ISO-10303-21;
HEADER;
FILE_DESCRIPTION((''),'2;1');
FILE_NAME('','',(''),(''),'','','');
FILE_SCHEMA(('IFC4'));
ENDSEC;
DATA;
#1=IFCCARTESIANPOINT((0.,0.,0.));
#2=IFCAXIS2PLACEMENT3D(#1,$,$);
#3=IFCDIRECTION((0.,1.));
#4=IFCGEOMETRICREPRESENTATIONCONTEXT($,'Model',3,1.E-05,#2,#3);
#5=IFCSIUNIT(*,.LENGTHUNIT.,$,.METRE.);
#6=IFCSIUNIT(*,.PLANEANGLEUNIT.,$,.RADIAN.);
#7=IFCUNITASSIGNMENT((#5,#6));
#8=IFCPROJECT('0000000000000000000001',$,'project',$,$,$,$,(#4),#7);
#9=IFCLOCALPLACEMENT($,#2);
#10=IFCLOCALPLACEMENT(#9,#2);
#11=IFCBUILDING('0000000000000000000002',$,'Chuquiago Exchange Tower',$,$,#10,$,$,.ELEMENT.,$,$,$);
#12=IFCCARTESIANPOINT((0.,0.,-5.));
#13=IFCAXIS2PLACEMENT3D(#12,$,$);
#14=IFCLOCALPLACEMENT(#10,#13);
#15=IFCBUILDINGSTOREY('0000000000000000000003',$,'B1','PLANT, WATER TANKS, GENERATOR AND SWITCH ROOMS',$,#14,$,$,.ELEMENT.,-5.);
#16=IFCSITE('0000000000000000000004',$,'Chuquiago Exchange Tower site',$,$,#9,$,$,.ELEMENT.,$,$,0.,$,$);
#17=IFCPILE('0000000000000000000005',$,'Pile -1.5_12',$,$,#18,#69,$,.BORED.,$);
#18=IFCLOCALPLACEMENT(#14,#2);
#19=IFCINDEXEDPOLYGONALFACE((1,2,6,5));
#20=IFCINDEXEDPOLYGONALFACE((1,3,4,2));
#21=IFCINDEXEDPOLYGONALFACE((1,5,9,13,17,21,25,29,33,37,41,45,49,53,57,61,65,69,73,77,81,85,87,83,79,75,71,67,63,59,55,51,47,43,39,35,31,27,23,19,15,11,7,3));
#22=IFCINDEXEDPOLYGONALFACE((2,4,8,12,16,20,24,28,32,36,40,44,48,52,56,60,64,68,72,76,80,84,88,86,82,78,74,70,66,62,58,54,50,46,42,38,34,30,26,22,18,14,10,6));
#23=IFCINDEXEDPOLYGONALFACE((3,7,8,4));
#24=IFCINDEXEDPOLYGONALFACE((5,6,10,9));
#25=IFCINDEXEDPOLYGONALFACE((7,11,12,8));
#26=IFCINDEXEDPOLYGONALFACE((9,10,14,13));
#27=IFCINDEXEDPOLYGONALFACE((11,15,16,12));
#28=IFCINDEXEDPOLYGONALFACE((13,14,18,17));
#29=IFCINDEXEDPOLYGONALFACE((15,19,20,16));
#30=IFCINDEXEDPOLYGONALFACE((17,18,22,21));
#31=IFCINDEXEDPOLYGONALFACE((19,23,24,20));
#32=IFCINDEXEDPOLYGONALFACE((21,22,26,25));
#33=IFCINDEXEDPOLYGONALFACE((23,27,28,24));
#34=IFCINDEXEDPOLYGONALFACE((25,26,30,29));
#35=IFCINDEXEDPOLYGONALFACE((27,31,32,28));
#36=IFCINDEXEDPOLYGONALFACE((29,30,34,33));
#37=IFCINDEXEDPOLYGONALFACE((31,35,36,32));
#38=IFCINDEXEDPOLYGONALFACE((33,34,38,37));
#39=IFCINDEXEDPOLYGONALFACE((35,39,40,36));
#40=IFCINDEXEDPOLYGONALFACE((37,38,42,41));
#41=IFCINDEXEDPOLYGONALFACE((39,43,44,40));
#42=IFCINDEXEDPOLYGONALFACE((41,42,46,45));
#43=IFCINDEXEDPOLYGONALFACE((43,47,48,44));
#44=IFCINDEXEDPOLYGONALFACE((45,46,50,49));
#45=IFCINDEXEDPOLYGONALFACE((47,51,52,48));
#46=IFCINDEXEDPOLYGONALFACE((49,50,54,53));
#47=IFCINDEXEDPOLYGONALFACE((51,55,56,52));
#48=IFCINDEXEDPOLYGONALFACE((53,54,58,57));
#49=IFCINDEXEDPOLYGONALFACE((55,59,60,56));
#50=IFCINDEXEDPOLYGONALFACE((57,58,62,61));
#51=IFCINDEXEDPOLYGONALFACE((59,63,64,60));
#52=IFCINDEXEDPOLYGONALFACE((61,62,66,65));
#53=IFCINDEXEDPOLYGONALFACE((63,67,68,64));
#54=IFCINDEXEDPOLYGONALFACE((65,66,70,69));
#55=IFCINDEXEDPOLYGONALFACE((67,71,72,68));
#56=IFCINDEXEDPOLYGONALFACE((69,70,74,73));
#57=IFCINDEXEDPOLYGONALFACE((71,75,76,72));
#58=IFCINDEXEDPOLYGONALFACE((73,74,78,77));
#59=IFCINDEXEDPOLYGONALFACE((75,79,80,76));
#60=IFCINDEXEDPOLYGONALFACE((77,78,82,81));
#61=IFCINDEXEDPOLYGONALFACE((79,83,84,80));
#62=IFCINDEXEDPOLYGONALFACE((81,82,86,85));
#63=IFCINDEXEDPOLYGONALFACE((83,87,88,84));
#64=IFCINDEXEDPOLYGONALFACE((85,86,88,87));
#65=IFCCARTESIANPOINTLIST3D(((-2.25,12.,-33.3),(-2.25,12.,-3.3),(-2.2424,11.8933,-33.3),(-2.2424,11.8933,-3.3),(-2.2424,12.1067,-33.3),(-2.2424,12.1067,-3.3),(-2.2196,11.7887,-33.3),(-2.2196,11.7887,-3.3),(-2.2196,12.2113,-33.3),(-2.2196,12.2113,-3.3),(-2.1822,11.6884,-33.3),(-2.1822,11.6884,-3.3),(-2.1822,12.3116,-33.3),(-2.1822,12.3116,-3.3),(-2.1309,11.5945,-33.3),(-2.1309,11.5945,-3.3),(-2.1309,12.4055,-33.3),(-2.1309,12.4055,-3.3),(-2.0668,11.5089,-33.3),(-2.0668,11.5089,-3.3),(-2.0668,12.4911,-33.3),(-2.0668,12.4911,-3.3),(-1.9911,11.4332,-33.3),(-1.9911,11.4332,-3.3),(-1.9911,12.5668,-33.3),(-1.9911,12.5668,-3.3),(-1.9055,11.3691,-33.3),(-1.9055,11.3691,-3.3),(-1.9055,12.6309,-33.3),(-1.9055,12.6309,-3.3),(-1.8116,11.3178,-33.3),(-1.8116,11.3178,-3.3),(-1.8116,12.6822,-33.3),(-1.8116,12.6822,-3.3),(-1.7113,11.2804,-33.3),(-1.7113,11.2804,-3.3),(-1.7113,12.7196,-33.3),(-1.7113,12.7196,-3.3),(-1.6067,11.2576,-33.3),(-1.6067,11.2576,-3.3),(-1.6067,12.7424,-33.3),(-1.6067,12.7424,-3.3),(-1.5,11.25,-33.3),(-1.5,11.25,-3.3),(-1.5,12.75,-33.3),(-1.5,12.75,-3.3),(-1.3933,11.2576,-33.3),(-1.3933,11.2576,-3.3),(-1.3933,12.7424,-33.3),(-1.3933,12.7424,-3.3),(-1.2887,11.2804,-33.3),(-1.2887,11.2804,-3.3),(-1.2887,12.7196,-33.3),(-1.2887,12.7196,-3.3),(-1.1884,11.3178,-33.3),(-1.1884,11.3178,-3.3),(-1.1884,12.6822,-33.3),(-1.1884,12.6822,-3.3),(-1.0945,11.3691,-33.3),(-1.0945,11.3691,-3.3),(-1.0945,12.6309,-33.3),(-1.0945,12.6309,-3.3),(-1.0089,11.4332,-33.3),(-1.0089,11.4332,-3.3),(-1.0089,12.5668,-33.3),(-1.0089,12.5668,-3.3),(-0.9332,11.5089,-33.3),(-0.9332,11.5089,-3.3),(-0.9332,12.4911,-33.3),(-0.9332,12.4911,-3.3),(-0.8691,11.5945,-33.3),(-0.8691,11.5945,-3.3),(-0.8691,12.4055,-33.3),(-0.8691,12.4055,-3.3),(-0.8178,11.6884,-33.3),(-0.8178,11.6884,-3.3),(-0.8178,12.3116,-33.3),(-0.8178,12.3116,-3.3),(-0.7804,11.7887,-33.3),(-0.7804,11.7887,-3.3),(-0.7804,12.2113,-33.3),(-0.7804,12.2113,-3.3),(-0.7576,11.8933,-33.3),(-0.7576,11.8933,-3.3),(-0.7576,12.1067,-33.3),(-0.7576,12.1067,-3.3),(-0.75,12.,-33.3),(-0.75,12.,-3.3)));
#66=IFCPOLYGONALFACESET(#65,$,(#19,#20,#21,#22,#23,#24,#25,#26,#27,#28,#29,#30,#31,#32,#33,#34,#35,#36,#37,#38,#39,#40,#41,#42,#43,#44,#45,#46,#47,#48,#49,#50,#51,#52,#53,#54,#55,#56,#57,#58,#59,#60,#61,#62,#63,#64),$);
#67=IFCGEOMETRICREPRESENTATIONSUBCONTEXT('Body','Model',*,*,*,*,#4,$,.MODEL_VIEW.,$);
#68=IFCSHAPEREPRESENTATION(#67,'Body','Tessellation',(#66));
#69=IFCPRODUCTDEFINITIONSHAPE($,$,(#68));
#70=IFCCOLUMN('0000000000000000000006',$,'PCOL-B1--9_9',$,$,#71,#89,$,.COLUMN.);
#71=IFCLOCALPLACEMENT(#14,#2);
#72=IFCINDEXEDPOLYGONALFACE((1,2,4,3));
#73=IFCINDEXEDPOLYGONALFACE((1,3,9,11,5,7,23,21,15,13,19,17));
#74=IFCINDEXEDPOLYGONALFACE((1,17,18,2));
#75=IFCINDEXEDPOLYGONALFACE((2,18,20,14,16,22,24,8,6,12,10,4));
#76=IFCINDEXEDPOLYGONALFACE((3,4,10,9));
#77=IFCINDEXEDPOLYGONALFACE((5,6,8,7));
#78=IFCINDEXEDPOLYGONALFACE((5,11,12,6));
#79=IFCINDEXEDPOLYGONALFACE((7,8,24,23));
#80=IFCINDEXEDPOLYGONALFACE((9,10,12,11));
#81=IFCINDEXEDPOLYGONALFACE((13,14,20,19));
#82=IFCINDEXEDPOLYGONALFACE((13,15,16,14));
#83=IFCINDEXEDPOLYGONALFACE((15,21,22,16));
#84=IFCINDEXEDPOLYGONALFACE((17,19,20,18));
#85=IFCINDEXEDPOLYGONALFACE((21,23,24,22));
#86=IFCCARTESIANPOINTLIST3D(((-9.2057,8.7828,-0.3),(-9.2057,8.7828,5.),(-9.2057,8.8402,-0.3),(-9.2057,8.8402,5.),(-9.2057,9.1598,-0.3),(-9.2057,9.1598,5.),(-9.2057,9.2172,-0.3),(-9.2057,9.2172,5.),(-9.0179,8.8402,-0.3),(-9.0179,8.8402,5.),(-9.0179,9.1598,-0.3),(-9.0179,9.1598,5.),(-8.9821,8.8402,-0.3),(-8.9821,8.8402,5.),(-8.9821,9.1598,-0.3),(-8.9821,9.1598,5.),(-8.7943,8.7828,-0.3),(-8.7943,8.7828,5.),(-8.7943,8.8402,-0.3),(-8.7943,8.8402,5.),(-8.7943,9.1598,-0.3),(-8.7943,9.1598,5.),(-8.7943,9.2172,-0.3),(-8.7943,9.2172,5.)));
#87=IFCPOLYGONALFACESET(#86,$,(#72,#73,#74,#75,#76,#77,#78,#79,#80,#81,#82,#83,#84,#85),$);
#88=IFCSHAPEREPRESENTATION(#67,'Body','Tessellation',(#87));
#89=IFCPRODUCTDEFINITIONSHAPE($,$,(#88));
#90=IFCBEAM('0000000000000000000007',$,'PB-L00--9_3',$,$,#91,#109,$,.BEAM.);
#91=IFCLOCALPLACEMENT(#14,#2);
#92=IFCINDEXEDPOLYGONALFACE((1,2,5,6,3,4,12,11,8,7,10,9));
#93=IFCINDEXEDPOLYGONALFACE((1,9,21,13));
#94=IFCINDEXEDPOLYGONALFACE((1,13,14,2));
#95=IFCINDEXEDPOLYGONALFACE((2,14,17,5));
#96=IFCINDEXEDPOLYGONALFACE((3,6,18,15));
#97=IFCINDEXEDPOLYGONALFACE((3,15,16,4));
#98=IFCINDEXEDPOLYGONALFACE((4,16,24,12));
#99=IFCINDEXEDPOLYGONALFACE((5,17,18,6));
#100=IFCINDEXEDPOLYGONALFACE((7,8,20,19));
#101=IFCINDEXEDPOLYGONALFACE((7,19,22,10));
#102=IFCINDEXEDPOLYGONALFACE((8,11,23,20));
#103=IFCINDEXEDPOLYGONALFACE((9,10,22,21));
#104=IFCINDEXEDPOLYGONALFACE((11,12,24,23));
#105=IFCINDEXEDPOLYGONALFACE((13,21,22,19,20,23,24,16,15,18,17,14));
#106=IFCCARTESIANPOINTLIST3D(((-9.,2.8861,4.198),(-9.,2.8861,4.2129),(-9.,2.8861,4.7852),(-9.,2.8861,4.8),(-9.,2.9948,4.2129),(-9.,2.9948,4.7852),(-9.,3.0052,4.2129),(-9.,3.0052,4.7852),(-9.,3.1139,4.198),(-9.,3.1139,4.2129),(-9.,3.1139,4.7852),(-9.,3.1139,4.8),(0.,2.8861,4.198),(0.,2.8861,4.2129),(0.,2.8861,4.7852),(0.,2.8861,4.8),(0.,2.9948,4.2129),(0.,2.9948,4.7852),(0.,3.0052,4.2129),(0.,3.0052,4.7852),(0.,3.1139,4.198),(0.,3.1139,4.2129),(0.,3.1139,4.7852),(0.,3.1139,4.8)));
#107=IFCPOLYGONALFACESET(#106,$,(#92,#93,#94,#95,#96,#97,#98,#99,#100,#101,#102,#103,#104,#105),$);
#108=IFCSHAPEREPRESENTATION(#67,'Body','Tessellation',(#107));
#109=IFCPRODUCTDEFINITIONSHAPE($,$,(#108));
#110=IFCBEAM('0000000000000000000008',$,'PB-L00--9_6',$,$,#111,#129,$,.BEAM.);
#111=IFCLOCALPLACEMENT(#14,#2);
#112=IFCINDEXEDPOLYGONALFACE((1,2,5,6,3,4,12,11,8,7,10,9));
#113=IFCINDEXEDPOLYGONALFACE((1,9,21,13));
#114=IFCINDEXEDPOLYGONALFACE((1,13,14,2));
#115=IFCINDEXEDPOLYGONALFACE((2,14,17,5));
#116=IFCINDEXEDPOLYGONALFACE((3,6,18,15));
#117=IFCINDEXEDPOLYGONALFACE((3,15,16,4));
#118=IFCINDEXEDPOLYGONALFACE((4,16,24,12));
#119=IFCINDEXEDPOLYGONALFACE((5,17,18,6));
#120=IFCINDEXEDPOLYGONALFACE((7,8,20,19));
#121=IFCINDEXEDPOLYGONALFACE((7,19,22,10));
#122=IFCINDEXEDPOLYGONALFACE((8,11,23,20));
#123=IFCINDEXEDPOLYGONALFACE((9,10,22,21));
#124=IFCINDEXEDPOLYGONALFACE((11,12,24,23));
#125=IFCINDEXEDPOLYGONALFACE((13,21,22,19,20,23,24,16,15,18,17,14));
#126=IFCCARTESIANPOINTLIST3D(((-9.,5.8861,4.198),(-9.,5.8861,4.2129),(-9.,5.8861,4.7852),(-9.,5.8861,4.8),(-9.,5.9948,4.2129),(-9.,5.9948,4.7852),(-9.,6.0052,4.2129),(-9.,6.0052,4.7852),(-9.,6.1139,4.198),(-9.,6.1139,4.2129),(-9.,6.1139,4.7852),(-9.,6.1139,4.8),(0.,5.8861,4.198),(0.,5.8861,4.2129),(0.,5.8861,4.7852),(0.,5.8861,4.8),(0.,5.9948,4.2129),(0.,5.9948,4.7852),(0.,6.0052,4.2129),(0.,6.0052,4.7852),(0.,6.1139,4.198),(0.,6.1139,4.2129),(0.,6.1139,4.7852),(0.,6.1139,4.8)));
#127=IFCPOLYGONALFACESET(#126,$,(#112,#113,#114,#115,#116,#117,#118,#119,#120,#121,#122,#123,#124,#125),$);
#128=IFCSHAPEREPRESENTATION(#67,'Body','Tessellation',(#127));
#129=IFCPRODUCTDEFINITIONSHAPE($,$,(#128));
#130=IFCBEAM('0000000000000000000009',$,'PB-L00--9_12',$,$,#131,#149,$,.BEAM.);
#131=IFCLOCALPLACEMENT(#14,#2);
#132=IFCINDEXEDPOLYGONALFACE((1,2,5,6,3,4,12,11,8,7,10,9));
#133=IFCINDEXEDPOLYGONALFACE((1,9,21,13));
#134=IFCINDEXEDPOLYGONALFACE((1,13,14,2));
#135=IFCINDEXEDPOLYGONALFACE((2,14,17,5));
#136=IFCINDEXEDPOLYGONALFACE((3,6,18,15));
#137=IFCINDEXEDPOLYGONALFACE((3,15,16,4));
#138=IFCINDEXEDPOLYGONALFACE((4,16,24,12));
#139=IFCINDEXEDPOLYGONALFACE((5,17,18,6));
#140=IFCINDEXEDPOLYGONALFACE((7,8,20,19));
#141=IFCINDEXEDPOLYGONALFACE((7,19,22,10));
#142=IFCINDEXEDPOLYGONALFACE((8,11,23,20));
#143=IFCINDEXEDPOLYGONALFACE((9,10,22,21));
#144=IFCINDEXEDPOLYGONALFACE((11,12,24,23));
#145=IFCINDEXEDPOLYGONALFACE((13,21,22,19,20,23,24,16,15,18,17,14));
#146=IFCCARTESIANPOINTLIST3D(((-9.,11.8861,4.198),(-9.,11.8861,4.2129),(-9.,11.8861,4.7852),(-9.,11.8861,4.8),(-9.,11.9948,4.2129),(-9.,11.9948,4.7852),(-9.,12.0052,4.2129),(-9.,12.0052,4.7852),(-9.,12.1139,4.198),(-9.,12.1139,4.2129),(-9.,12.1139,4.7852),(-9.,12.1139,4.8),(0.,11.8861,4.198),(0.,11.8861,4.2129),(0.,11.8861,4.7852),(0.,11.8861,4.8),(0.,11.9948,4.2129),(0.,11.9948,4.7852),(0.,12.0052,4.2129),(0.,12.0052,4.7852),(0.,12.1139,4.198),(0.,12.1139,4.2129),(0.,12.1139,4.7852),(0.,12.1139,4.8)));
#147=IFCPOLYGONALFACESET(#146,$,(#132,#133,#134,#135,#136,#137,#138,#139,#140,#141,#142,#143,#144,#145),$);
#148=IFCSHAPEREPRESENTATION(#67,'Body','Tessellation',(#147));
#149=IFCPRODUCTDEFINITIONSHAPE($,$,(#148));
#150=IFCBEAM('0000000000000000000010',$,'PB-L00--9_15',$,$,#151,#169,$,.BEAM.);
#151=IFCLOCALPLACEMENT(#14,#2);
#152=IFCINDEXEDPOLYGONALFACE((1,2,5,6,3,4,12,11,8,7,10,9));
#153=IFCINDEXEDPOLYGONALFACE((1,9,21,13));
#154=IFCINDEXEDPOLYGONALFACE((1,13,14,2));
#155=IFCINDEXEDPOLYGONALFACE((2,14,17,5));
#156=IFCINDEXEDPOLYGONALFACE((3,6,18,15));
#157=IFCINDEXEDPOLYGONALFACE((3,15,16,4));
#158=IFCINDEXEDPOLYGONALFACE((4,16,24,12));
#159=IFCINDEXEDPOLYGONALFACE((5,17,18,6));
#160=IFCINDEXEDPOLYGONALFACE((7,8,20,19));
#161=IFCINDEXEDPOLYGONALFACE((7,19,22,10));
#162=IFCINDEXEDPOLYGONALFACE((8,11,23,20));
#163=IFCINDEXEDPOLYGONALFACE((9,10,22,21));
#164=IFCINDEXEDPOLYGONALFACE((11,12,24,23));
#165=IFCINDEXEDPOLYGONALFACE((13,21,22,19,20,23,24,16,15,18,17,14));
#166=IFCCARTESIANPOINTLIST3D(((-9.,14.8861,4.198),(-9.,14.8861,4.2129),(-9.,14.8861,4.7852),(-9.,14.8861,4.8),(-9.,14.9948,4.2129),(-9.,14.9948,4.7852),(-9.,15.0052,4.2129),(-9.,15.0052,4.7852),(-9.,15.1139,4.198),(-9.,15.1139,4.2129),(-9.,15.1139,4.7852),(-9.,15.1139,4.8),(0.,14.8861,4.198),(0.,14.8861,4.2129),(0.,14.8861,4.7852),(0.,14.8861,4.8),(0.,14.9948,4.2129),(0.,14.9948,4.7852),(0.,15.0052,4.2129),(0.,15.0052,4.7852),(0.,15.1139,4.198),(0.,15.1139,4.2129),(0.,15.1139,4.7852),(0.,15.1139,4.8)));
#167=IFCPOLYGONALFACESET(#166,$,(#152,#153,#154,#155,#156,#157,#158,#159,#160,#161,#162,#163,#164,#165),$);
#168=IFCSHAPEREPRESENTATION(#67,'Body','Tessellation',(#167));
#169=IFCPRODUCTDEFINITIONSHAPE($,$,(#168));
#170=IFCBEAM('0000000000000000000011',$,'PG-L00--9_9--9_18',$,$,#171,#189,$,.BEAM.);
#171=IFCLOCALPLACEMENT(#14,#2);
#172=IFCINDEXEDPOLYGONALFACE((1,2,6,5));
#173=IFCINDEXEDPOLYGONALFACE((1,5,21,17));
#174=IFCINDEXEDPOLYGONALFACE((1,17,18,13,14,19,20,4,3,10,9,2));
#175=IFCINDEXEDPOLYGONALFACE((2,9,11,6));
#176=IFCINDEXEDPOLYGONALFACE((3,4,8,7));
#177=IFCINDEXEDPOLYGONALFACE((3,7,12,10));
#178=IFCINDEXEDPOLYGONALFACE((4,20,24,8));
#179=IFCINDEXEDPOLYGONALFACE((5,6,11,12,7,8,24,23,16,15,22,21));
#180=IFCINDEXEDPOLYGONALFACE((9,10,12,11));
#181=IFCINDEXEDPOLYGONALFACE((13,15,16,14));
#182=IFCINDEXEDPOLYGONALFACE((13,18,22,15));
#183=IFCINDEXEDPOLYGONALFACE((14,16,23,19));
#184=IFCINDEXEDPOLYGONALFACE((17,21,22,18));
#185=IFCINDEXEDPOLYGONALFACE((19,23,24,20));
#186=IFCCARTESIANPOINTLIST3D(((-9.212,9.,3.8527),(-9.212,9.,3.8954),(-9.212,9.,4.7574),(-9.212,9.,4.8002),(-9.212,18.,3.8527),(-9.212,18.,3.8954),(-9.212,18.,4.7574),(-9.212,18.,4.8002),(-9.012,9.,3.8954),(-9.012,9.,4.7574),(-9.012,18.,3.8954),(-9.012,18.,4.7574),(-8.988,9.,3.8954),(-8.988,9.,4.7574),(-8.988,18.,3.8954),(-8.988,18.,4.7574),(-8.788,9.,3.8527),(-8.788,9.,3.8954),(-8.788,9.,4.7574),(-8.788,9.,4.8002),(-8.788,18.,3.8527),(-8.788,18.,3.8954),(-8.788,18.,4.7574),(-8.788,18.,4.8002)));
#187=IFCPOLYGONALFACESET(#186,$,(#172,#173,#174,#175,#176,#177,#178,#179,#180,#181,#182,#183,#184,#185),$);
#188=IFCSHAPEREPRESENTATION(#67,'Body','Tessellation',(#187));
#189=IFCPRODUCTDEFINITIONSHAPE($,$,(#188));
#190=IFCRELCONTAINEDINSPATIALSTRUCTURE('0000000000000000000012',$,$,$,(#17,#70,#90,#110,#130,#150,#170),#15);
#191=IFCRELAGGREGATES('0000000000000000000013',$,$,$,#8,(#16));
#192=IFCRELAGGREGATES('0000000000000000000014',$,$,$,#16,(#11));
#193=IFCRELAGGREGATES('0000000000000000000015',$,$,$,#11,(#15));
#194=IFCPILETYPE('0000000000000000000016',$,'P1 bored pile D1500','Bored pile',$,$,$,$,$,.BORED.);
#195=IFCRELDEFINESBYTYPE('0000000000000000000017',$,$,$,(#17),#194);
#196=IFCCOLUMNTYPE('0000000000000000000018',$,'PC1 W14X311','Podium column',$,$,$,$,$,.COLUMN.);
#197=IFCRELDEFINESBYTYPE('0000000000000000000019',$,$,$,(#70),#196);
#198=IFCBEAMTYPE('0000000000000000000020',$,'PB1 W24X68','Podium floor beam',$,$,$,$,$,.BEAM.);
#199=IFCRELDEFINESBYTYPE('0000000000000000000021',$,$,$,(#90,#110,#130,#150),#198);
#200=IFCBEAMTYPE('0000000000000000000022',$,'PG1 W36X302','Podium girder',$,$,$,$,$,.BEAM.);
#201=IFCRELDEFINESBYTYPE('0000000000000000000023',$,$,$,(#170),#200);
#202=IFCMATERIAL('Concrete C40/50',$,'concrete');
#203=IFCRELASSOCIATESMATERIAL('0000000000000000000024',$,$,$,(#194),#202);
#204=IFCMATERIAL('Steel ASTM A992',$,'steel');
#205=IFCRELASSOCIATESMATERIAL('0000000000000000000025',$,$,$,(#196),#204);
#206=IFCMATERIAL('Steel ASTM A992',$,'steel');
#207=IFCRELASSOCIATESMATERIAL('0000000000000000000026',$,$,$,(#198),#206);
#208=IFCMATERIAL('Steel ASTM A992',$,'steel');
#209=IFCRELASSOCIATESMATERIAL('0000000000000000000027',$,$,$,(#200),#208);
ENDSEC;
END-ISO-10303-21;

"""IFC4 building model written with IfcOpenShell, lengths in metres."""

from ifc_helpers import new_model, si_unit, direction, frame, origin, origin_2d, place, context, subcontext, project, spatial, circle, i_section, extrude, material, material_profile, profile_set, type_object, element, save


model = new_model("IFC4")

# Units and contexts
model_context = context("Model", 3, precision=1e-05, world=origin(), true_north=direction((0.0, 1.0)))
body_context = subcontext(model_context, "Body", "Model", "MODEL_VIEW")
ifc_project = project(units=[si_unit("LENGTHUNIT", "METRE"), si_unit("PLANEANGLEUNIT", "RADIAN")], contexts=[model_context])

# Site, building, storey
site_placement = place(None, origin())
site = spatial("IfcSite", under=ifc_project, at=site_placement, Name="Chuquiago Exchange Tower site", CompositionType="ELEMENT", RefElevation=0.0)
building_placement = place(site_placement, origin())
building = spatial("IfcBuilding", under=site, at=building_placement, Name="Chuquiago Exchange Tower", CompositionType="ELEMENT")
storey_placement = place(building_placement, frame((0.0, 0.0, -5.0)))
storey = spatial("IfcBuildingStorey", under=building, at=storey_placement, Name="B1", Description="PLANT, WATER TANKS, GENERATOR AND SWITCH ROOMS", CompositionType="ELEMENT", Elevation=-5.0)

# Pile
ifc_material_1 = material(Name="Concrete C40/50", Category="concrete")
ifc_material_profile_1 = material_profile(ifc_material_1, circle(Radius=0.75, at=origin_2d()), Name="D1500")
ifc_profile_set_1 = profile_set([ifc_material_profile_1], Name="Concrete C40/50")
pile_type = type_object("IfcPileType", Name="P1 bored pile D1500", Description="Bored pile", PredefinedType="BORED", material=ifc_profile_set_1)
for number, where, z_axis, x_axis, name in (
    (1, (-1.5, 12.0, -3.3), (0.0, 0.0, -1.0), (1.0, 0.0, 0.0), "Pile -1.5_12"),
):
    element("IfcPile", number, at=place(storey_placement, frame(where, z_axis=z_axis, x_axis=x_axis)), inside=storey, type_object=pile_type, Name=name, PredefinedType="BORED", context=body_context, shape_type="SweptSolid", body=[
        extrude(circle(Radius=0.75, at=origin_2d()), origin(), (0.0, 0.0, 1.0), 30.0),
    ])

# Column
ifc_material_2 = material(Name="Steel ASTM A992", Category="steel")
ifc_material_profile_2 = material_profile(ifc_material_2, i_section(OverallWidth=0.4114, OverallDepth=0.4343, WebThickness=0.0359, FlangeThickness=0.0574, at=origin_2d()), Name="W14X311")
ifc_profile_set_2 = profile_set([ifc_material_profile_2], Name="Steel ASTM A992")
column_type = type_object("IfcColumnType", Name="PC1 W14X311", Description="Podium column", PredefinedType="COLUMN", material=ifc_profile_set_2)
column_placement = place(storey_placement, frame((-9.0, 9.0, -0.3), z_axis=(0.0, 0.0, 1.0), x_axis=(1.0, 0.0, 0.0)))
element("IfcColumn", 2, at=column_placement, inside=storey, type_object=column_type, Name="PCOL-B1--9_9", PredefinedType="COLUMN", context=body_context, shape_type="SweptSolid", body=[
    extrude(i_section(OverallWidth=0.4114, OverallDepth=0.4343, WebThickness=0.0359, FlangeThickness=0.0574, at=origin_2d()), origin(), (0.0, 0.0, 1.0), 5.3),
])

# Beams
ifc_material_3 = material(Name="Steel ASTM A992", Category="steel")
ifc_material_profile_3 = material_profile(ifc_material_3, i_section(OverallWidth=0.2278, OverallDepth=0.6021, WebThickness=0.0105, FlangeThickness=0.0149, at=origin_2d()), Name="W24X68")
ifc_profile_set_3 = profile_set([ifc_material_profile_3], Name="Steel ASTM A992")
beam_type_1 = type_object("IfcBeamType", Name="PB1 W24X68", Description="Podium floor beam", PredefinedType="BEAM", material=ifc_profile_set_3)
for number, where, z_axis, x_axis, name in (
    (3, (-9.0, 3.0, 4.499), (1.0, 0.0, 0.0), (0.0, 1.0, 0.0), "PB-L00--9_3"),
    (4, (-9.0, 6.0, 4.499), (1.0, 0.0, 0.0), (0.0, 1.0, 0.0), "PB-L00--9_6"),
    (5, (-9.0, 12.0, 4.499), (1.0, 0.0, 0.0), (0.0, 1.0, 0.0), "PB-L00--9_12"),
    (6, (-9.0, 15.0, 4.499), (1.0, 0.0, 0.0), (0.0, 1.0, 0.0), "PB-L00--9_15"),
):
    element("IfcBeam", number, at=place(storey_placement, frame(where, z_axis=z_axis, x_axis=x_axis)), inside=storey, type_object=beam_type_1, Name=name, PredefinedType="BEAM", context=body_context, shape_type="SweptSolid", body=[
        extrude(i_section(OverallWidth=0.2278, OverallDepth=0.6021, WebThickness=0.0105, FlangeThickness=0.0149, at=origin_2d()), origin(), (0.0, 0.0, 1.0), 9.0),
    ])
ifc_material_4 = material(Name="Steel ASTM A992", Category="steel")
ifc_material_profile_4 = material_profile(ifc_material_4, i_section(OverallWidth=0.4241, OverallDepth=0.9475, WebThickness=0.0239, FlangeThickness=0.0427, at=origin_2d()), Name="W36X302")
ifc_profile_set_4 = profile_set([ifc_material_profile_4], Name="Steel ASTM A992")
beam_type_2 = type_object("IfcBeamType", Name="PG1 W36X302", Description="Podium girder", PredefinedType="BEAM", material=ifc_profile_set_4)
for number, where, z_axis, x_axis, name in (
    (7, (-9.0, 9.0, 4.3264), (0.0, 1.0, 0.0), (-1.0, 0.0, 0.0), "PG-L00--9_9--9_18"),
):
    element("IfcBeam", number, at=place(storey_placement, frame(where, z_axis=z_axis, x_axis=x_axis)), inside=storey, type_object=beam_type_2, Name=name, PredefinedType="BEAM", context=body_context, shape_type="SweptSolid", body=[
        extrude(i_section(OverallWidth=0.4241, OverallDepth=0.9475, WebThickness=0.0239, FlangeThickness=0.0427, at=origin_2d()), origin(), (0.0, 0.0, 1.0), 9.0),
    ])

save(model, "model.ifc")
